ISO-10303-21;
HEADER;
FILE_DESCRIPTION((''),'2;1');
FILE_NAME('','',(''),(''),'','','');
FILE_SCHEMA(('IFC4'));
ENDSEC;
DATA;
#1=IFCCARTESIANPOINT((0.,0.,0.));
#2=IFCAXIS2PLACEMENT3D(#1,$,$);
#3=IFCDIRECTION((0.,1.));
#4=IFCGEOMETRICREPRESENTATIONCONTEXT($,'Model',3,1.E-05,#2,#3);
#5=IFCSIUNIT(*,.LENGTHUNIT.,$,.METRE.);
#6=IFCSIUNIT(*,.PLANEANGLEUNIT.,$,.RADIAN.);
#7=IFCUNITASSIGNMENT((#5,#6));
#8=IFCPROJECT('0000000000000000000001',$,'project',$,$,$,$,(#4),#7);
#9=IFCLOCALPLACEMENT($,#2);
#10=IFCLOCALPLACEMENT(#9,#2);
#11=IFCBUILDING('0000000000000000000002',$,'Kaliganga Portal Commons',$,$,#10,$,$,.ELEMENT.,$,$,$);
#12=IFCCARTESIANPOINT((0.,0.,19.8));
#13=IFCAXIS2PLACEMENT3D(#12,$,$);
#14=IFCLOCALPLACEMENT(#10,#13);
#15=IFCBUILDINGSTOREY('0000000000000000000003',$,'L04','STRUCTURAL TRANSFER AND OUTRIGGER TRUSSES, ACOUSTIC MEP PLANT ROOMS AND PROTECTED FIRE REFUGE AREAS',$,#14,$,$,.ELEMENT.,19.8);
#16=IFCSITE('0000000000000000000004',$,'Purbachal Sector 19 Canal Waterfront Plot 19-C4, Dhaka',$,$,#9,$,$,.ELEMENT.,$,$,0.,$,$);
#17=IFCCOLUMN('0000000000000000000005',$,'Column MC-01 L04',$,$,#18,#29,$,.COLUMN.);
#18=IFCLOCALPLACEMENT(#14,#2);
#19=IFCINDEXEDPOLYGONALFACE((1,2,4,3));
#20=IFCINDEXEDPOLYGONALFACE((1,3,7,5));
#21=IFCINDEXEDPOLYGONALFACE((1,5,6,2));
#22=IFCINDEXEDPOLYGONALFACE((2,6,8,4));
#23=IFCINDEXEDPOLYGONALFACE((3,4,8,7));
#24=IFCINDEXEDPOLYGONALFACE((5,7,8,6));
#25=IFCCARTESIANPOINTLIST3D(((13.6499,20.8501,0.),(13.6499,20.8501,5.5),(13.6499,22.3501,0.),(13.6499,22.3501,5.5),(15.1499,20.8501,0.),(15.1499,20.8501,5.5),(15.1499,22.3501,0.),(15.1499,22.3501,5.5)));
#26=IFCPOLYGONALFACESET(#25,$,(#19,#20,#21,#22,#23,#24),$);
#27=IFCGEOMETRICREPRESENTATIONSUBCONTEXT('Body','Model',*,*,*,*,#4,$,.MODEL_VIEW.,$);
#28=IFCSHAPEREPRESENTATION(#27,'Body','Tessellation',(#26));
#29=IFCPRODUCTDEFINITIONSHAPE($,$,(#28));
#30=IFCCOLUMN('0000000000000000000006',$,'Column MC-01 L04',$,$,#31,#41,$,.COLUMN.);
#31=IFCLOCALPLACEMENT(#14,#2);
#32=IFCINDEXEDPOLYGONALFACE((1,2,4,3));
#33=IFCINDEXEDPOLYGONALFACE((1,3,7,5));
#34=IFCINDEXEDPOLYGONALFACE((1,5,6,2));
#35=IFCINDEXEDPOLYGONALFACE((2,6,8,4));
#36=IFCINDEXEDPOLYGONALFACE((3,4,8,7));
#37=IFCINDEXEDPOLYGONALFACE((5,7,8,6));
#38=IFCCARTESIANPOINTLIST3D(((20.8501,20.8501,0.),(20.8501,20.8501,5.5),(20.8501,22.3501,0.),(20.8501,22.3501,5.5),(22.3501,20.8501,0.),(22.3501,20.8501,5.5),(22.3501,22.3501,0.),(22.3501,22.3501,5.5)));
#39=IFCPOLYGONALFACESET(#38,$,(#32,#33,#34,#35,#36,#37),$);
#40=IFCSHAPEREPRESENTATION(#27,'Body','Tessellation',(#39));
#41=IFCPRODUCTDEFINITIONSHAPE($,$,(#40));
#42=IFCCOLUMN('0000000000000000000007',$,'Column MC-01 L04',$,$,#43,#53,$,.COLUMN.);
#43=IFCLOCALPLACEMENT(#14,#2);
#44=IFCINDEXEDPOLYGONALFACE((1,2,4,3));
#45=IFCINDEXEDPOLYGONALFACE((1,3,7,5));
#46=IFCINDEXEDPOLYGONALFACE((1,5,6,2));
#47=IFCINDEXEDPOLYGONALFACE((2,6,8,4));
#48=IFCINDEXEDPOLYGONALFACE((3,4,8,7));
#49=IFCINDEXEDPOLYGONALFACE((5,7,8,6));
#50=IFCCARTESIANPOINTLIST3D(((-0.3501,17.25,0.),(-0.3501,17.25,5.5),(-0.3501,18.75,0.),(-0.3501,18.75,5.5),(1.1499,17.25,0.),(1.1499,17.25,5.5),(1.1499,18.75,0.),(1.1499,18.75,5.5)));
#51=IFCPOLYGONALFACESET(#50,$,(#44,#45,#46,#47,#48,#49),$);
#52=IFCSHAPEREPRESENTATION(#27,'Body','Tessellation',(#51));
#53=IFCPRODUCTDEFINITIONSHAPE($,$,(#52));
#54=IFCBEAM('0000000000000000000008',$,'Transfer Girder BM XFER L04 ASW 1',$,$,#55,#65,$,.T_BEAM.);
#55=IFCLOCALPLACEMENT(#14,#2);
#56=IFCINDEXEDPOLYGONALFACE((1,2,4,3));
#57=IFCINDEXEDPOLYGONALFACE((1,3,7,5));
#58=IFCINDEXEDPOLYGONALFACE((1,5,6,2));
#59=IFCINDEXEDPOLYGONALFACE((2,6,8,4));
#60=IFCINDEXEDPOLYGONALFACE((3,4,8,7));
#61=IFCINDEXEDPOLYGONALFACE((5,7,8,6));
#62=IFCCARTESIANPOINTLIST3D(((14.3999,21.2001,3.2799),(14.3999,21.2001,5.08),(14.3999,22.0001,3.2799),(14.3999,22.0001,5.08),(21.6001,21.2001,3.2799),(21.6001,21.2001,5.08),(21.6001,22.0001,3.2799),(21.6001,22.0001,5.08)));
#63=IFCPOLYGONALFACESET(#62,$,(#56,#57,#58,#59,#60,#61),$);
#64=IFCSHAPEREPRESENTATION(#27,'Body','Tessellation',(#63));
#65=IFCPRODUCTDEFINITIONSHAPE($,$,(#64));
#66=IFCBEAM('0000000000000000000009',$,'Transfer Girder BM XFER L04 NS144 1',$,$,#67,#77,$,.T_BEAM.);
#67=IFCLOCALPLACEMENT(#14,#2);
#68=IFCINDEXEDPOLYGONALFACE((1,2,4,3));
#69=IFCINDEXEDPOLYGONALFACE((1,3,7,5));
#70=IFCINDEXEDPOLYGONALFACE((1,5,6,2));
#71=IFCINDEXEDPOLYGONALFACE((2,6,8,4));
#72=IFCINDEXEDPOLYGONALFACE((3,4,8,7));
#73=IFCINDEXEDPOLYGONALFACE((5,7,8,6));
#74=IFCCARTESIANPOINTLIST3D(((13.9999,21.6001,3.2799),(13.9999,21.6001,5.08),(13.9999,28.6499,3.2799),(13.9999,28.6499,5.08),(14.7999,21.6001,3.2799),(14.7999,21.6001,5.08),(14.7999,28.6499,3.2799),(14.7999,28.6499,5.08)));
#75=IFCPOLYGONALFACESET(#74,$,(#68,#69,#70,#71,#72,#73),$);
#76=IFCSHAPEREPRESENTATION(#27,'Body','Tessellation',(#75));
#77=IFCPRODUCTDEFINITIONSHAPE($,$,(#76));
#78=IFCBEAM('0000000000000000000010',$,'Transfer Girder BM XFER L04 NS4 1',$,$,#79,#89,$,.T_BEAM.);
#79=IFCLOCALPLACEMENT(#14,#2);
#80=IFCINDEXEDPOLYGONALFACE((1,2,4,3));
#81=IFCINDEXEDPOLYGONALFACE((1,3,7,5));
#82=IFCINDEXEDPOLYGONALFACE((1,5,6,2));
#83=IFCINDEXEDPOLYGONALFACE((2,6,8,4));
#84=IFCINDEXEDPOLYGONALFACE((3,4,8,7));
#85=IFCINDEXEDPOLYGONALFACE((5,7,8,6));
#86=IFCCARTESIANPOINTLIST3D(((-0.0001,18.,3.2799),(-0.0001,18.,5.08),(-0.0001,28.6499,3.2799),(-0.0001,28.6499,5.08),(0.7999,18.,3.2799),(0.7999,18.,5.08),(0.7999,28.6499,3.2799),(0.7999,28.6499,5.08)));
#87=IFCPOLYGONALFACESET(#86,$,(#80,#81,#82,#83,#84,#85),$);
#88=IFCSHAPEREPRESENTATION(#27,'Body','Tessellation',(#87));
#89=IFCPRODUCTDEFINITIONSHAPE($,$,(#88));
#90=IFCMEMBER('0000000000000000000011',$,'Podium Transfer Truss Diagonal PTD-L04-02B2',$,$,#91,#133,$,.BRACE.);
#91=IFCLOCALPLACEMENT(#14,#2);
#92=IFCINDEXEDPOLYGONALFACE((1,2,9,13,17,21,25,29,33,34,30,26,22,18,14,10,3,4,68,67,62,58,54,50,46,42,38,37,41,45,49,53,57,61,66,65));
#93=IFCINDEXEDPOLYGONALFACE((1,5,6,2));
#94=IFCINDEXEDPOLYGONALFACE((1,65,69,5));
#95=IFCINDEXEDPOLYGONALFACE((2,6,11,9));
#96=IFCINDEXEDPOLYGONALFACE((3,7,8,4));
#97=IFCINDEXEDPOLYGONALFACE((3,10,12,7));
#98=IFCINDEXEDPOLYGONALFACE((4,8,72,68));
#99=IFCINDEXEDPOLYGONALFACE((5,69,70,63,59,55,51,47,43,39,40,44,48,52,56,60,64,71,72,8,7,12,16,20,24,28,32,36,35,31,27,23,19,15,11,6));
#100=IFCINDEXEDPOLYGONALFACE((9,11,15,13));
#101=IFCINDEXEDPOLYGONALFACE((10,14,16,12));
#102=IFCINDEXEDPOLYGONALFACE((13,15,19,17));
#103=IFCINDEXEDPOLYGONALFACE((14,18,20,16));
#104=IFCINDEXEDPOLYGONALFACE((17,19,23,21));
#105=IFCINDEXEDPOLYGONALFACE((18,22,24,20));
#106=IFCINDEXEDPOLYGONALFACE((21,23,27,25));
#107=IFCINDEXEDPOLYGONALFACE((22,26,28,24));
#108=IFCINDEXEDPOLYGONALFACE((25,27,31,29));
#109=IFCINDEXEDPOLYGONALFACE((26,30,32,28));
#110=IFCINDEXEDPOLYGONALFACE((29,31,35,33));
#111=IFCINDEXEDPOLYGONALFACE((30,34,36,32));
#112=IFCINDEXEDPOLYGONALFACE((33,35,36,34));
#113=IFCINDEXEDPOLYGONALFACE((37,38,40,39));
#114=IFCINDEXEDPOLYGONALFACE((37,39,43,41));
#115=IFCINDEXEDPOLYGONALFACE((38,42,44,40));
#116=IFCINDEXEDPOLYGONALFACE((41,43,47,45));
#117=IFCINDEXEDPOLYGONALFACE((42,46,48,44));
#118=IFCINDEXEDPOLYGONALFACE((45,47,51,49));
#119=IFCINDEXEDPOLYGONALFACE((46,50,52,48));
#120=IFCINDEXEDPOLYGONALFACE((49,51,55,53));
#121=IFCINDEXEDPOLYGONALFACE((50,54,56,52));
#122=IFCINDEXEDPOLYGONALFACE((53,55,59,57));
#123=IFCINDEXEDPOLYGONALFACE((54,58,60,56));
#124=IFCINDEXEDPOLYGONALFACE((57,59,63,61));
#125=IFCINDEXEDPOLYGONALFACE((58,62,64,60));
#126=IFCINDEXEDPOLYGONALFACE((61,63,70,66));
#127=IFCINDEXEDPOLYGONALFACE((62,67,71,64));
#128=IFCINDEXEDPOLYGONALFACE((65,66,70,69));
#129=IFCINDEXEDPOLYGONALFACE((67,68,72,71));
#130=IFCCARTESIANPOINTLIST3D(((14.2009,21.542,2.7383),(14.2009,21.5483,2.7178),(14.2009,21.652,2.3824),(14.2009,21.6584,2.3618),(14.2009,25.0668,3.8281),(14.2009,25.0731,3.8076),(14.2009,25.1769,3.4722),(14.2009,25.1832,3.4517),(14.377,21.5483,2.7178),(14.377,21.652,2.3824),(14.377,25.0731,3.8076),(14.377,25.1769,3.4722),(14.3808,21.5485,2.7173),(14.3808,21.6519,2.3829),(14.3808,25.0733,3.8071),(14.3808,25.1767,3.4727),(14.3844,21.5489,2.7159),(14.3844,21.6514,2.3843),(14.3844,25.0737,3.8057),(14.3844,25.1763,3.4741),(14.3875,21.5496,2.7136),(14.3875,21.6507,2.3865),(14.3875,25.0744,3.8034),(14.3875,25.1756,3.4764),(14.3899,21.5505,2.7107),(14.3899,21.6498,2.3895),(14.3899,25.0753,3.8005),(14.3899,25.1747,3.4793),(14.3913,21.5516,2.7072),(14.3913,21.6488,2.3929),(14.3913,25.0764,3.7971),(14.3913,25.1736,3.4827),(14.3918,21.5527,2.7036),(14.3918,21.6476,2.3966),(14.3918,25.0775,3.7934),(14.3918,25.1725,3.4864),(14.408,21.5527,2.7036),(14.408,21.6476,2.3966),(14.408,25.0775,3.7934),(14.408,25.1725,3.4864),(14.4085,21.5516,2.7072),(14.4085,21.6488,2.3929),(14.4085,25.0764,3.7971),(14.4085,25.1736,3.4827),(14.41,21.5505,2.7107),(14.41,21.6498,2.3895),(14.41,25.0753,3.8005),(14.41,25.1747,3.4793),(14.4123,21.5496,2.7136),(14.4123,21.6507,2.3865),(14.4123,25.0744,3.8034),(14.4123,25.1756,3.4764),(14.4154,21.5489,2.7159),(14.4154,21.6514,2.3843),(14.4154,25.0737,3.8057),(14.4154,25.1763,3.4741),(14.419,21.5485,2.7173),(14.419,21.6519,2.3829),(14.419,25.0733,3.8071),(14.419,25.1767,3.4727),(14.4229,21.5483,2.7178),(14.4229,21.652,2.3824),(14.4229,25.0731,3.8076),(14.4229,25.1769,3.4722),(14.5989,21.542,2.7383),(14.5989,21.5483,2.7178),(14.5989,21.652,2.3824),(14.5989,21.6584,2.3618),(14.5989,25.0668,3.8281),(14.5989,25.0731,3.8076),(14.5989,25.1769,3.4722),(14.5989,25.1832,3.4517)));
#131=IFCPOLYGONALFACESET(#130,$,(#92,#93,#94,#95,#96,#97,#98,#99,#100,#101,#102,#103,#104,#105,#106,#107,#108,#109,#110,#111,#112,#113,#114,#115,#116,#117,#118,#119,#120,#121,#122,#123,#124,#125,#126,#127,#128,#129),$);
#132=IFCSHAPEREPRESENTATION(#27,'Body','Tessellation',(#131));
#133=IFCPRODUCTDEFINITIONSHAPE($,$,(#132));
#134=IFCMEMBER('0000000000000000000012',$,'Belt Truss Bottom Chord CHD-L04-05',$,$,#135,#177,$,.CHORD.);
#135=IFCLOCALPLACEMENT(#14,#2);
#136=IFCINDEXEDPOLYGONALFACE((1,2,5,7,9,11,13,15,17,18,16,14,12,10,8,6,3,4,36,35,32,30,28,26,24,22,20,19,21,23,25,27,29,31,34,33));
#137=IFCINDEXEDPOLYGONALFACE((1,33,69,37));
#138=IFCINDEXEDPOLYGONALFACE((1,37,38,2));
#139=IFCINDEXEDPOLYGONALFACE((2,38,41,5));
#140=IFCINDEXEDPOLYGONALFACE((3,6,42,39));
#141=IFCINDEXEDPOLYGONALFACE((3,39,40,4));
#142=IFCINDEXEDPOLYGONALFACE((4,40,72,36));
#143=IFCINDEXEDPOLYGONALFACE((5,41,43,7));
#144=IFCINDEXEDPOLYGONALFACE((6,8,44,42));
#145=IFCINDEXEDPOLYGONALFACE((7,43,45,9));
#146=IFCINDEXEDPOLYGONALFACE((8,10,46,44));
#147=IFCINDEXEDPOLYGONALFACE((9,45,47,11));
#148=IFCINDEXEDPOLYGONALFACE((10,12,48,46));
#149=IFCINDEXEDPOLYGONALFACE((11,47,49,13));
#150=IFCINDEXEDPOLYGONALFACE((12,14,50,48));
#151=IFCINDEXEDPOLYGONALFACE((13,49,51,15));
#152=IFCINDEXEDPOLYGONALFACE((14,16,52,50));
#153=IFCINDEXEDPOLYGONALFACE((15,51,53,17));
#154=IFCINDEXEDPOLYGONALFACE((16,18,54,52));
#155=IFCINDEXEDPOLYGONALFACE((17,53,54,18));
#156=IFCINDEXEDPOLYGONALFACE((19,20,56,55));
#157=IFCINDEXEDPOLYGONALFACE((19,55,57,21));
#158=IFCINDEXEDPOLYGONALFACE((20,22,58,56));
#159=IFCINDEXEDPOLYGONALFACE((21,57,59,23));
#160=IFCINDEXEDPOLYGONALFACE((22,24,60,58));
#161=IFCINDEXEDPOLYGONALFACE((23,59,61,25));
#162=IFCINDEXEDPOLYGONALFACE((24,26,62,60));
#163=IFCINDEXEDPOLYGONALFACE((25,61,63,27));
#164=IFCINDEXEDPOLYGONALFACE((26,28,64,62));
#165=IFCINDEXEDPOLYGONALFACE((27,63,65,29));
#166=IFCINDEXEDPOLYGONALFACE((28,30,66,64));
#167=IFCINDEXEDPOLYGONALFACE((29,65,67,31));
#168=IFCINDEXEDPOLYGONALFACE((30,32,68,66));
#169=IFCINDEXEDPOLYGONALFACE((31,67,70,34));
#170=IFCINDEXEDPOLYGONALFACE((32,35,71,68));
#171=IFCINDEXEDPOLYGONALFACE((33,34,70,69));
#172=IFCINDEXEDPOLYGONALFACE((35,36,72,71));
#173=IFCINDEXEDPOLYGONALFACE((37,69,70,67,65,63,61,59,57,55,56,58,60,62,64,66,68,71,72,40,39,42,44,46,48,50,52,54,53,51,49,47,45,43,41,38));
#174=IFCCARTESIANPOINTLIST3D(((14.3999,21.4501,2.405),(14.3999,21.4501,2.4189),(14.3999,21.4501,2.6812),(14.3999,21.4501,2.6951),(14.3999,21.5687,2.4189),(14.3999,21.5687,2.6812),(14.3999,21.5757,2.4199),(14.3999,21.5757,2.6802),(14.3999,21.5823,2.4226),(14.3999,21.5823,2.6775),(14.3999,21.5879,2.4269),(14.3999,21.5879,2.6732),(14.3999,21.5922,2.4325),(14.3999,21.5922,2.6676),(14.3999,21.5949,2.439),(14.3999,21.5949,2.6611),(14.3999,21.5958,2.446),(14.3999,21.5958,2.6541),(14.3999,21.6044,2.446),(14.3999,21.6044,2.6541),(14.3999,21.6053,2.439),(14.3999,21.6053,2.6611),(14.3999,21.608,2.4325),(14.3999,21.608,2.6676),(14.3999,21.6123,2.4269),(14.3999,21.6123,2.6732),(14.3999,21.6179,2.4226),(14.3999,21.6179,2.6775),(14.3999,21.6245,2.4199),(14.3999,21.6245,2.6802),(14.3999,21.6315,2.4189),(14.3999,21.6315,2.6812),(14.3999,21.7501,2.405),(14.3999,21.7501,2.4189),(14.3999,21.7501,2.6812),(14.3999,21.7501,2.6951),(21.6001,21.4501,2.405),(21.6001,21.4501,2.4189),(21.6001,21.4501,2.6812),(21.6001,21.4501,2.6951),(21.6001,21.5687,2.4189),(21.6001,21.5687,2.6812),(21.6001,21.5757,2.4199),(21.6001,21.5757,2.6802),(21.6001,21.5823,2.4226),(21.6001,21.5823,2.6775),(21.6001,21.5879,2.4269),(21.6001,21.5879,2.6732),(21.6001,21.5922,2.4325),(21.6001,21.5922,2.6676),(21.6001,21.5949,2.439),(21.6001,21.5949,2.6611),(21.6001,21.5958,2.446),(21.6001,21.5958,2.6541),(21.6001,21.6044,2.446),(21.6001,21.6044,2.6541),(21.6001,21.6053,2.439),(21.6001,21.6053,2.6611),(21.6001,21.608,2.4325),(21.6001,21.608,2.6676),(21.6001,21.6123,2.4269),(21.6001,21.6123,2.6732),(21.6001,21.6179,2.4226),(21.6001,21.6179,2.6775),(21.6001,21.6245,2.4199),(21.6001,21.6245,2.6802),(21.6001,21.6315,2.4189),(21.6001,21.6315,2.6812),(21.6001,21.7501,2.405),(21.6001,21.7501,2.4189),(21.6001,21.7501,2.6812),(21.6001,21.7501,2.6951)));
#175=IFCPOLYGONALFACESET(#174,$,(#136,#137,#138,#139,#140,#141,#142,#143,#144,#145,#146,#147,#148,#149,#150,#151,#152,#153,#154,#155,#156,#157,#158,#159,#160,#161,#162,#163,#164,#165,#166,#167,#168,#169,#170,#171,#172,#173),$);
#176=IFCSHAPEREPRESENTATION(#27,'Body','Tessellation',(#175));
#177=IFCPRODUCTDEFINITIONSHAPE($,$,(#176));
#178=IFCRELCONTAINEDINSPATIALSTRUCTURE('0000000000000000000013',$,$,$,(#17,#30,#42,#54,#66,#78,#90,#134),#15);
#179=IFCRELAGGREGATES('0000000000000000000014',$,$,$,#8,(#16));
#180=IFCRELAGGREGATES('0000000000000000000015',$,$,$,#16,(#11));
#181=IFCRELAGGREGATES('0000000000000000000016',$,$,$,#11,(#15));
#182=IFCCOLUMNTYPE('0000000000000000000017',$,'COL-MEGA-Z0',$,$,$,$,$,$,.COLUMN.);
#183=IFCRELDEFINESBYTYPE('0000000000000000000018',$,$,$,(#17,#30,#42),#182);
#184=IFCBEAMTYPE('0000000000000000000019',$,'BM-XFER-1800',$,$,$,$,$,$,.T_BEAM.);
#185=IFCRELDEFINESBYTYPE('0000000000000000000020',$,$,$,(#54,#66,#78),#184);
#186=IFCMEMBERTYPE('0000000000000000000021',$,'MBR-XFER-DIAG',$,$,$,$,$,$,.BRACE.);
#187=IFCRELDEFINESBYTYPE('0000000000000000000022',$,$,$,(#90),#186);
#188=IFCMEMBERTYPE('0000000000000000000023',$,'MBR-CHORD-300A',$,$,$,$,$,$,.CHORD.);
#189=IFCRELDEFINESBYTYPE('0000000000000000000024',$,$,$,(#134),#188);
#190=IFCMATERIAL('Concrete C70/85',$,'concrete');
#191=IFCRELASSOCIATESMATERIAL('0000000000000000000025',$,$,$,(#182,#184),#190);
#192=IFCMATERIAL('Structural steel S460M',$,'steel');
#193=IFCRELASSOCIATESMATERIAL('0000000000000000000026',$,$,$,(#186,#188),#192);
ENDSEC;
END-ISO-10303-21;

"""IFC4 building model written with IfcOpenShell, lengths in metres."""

from ifc_helpers import new_model, si_unit, direction, frame, origin, origin_2d, place, context, subcontext, project, spatial, rectangle, i_section, extrude, source, transform, mapped, material, material_profile, profile_set, type_object, element, save


model = new_model("IFC4")

# Units and contexts
model_context = context("Model", 3, precision=1e-05, world=origin(), true_north=direction((0.0, 1.0)))
body_context = subcontext(model_context, "Body", "Model", "MODEL_VIEW")
ifc_project = project(units=[si_unit("LENGTHUNIT", "METRE"), si_unit("PLANEANGLEUNIT", "RADIAN")], contexts=[model_context])

# Site, building, storey
site_placement = place(None, origin())
site = spatial("IfcSite", under=ifc_project, at=site_placement, Name="Purbachal Sector 19 Canal Waterfront Plot 19-C4, Dhaka", CompositionType="ELEMENT", RefElevation=0.0)
building_placement = place(site_placement, origin())
building = spatial("IfcBuilding", under=site, at=building_placement, Name="Kaliganga Portal Commons", CompositionType="ELEMENT")
storey_placement = place(building_placement, frame((0.0, 0.0, 19.8)))
storey = spatial("IfcBuildingStorey", under=building, at=storey_placement, Name="L04", Description="STRUCTURAL TRANSFER AND OUTRIGGER TRUSSES, ACOUSTIC MEP PLANT ROOMS AND PROTECTED FIRE REFUGE AREAS", CompositionType="ELEMENT", Elevation=19.8)

# Columns
ifc_material_1 = material(Name="Concrete C70/85", Category="concrete")
ifc_material_profile_1 = material_profile(ifc_material_1, rectangle(XDim=1.5, YDim=1.5, at=origin_2d()), Name="RC 1500x1500")
ifc_profile_set_1 = profile_set([ifc_material_profile_1], Name="Concrete C70/85")
column_type = type_object("IfcColumnType", Name="COL-MEGA-Z0", PredefinedType="COLUMN", material=ifc_profile_set_1)
shared_shape_1 = source(origin(), body_context, "Body", "SweptSolid", [
    extrude(rectangle(XDim=1.5, YDim=1.5, at=origin_2d()), origin(), (0.0, 0.0, 1.0), 5.5),
])
for number, where, z_axis, x_axis, name in (
    (1, (14.3999, 21.6001, 0.0), (0.0, 0.0, 1.0), (1.0, 0.0, 0.0), "Column MC-01 L04"),
    (2, (21.6001, 21.6001, 0.0), (0.0, 0.0, 1.0), (1.0, 0.0, 0.0), "Column MC-01 L04"),
    (3, (0.3999, 18.0, 0.0), (0.0, 0.0, 1.0), (1.0, 0.0, 0.0), "Column MC-01 L04"),
):
    element("IfcColumn", number, at=place(storey_placement, frame(where, z_axis=z_axis, x_axis=x_axis)), inside=storey, type_object=column_type, Name=name, PredefinedType="COLUMN", context=body_context, shape_type="MappedRepresentation", body=[
        mapped(shared_shape_1, transform((0.0, 0.0, 0.0), x_axis=(1.0, 0.0, 0.0), y_axis=(0.0, 1.0, 0.0), z_axis=(0.0, 0.0, 1.0), scale=1.0)),
    ])

# Beams
ifc_material_profile_2 = material_profile(ifc_material_1, rectangle(XDim=0.8, YDim=1.8, at=origin_2d()), Name="RC 800x1800")
ifc_profile_set_2 = profile_set([ifc_material_profile_2], Name="Concrete C70/85")
beam_type = type_object("IfcBeamType", Name="BM-XFER-1800", PredefinedType="T_BEAM", material=ifc_profile_set_2)
shared_shape_2 = source(origin(), body_context, "Body", "SweptSolid", [
    extrude(rectangle(XDim=0.8, YDim=1.8, at=origin_2d()), origin(), (0.0, 0.0, 1.0), 7.2002),
])
beam_1_placement = place(storey_placement, frame((14.3999, 21.6001, 4.1799), z_axis=(1.0, 0.0, 0.0), x_axis=(0.0, 1.0, 0.0)))
element("IfcBeam", 4, at=beam_1_placement, inside=storey, type_object=beam_type, Name="Transfer Girder BM XFER L04 ASW 1", PredefinedType="T_BEAM", context=body_context, shape_type="MappedRepresentation", body=[
    mapped(shared_shape_2, transform((0.0, 0.0, 0.0), x_axis=(1.0, 0.0, 0.0), y_axis=(0.0, 1.0, 0.0), z_axis=(0.0, 0.0, 1.0), scale=1.0)),
])
shared_shape_3 = source(origin(), body_context, "Body", "SweptSolid", [
    extrude(rectangle(XDim=0.8, YDim=1.8, at=origin_2d()), origin(), (0.0, 0.0, 1.0), 7.0498),
])
beam_2_placement = place(storey_placement, frame((14.3999, 21.6001, 4.1799), z_axis=(0.0, 1.0, 0.0), x_axis=(-1.0, 0.0, 0.0)))
element("IfcBeam", 5, at=beam_2_placement, inside=storey, type_object=beam_type, Name="Transfer Girder BM XFER L04 NS144 1", PredefinedType="T_BEAM", context=body_context, shape_type="MappedRepresentation", body=[
    mapped(shared_shape_3, transform((0.0, 0.0, 0.0), x_axis=(1.0, 0.0, 0.0), y_axis=(0.0, 1.0, 0.0), z_axis=(0.0, 0.0, 1.0), scale=1.0)),
])
shared_shape_4 = source(origin(), body_context, "Body", "SweptSolid", [
    extrude(rectangle(XDim=0.8, YDim=1.8, at=origin_2d()), origin(), (0.0, 0.0, 1.0), 10.6499),
])
beam_3_placement = place(storey_placement, frame((0.3999, 18.0, 4.1799), z_axis=(0.0, 1.0, 0.0), x_axis=(-1.0, 0.0, 0.0)))
element("IfcBeam", 6, at=beam_3_placement, inside=storey, type_object=beam_type, Name="Transfer Girder BM XFER L04 NS4 1", PredefinedType="T_BEAM", context=body_context, shape_type="MappedRepresentation", body=[
    mapped(shared_shape_4, transform((0.0, 0.0, 0.0), x_axis=(1.0, 0.0, 0.0), y_axis=(0.0, 1.0, 0.0), z_axis=(0.0, 0.0, 1.0), scale=1.0)),
])

# Members
ifc_material_2 = material(Name="Structural steel S460M", Category="steel")
ifc_material_profile_3 = material_profile(ifc_material_2, i_section(OverallWidth=0.3979, OverallDepth=0.394, WebThickness=0.0161, FlangeThickness=0.0215, FilletRadius=0.0149, at=origin_2d()), Name="HD 400x262")
ifc_profile_set_3 = profile_set([ifc_material_profile_3], Name="Structural steel S460M wide-flange")
member_type_1 = type_object("IfcMemberType", Name="MBR-XFER-DIAG", PredefinedType="BRACE", material=ifc_profile_set_3)
shared_shape_5 = source(origin(), body_context, "Body", "SweptSolid", [
    extrude(i_section(OverallWidth=0.3979, OverallDepth=0.394, WebThickness=0.0161, FlangeThickness=0.0215, FilletRadius=0.0149, at=origin_2d()), origin(), (0.0, 0.0, 1.0), 3.6895),
])
member_1_placement = place(storey_placement, frame((14.3999, 25.125, 3.6399), z_axis=(0.0, -0.955378, -0.295388), x_axis=(1.0, 0.0, 0.0)))
element("IfcMember", 7, at=member_1_placement, inside=storey, type_object=member_type_1, Name="Podium Transfer Truss Diagonal PTD-L04-02B2", PredefinedType="BRACE", context=body_context, shape_type="MappedRepresentation", body=[
    mapped(shared_shape_5, transform((0.0, 0.0, 0.0), x_axis=(1.0, 0.0, 0.0), y_axis=(0.0, 1.0, 0.0), z_axis=(0.0, 0.0, 1.0), scale=1.0)),
])
ifc_material_profile_4 = material_profile(ifc_material_2, i_section(OverallWidth=0.3, OverallDepth=0.29, WebThickness=0.0085, FlangeThickness=0.0139, FilletRadius=0.0271, at=origin_2d()), Name="HE 300 A")
ifc_profile_set_4 = profile_set([ifc_material_profile_4], Name="Structural steel S460M wide-flange")
member_type_2 = type_object("IfcMemberType", Name="MBR-CHORD-300A", PredefinedType="CHORD", material=ifc_profile_set_4)
shared_shape_6 = source(origin(), body_context, "Body", "SweptSolid", [
    extrude(i_section(OverallWidth=0.3, OverallDepth=0.29, WebThickness=0.0085, FlangeThickness=0.0139, FilletRadius=0.0271, at=origin_2d()), origin(), (0.0, 0.0, 1.0), 7.2002),
])
member_2_placement = place(storey_placement, frame((14.3999, 21.6001, 2.55), z_axis=(1.0, 0.0, 0.0), x_axis=(0.0, 1.0, 0.0)))
element("IfcMember", 8, at=member_2_placement, inside=storey, type_object=member_type_2, Name="Belt Truss Bottom Chord CHD-L04-05", PredefinedType="CHORD", context=body_context, shape_type="MappedRepresentation", body=[
    mapped(shared_shape_6, transform((0.0, 0.0, 0.0), x_axis=(1.0, 0.0, 0.0), y_axis=(0.0, 1.0, 0.0), z_axis=(0.0, 0.0, 1.0), scale=1.0)),
])

save(model, "model.ifc")
